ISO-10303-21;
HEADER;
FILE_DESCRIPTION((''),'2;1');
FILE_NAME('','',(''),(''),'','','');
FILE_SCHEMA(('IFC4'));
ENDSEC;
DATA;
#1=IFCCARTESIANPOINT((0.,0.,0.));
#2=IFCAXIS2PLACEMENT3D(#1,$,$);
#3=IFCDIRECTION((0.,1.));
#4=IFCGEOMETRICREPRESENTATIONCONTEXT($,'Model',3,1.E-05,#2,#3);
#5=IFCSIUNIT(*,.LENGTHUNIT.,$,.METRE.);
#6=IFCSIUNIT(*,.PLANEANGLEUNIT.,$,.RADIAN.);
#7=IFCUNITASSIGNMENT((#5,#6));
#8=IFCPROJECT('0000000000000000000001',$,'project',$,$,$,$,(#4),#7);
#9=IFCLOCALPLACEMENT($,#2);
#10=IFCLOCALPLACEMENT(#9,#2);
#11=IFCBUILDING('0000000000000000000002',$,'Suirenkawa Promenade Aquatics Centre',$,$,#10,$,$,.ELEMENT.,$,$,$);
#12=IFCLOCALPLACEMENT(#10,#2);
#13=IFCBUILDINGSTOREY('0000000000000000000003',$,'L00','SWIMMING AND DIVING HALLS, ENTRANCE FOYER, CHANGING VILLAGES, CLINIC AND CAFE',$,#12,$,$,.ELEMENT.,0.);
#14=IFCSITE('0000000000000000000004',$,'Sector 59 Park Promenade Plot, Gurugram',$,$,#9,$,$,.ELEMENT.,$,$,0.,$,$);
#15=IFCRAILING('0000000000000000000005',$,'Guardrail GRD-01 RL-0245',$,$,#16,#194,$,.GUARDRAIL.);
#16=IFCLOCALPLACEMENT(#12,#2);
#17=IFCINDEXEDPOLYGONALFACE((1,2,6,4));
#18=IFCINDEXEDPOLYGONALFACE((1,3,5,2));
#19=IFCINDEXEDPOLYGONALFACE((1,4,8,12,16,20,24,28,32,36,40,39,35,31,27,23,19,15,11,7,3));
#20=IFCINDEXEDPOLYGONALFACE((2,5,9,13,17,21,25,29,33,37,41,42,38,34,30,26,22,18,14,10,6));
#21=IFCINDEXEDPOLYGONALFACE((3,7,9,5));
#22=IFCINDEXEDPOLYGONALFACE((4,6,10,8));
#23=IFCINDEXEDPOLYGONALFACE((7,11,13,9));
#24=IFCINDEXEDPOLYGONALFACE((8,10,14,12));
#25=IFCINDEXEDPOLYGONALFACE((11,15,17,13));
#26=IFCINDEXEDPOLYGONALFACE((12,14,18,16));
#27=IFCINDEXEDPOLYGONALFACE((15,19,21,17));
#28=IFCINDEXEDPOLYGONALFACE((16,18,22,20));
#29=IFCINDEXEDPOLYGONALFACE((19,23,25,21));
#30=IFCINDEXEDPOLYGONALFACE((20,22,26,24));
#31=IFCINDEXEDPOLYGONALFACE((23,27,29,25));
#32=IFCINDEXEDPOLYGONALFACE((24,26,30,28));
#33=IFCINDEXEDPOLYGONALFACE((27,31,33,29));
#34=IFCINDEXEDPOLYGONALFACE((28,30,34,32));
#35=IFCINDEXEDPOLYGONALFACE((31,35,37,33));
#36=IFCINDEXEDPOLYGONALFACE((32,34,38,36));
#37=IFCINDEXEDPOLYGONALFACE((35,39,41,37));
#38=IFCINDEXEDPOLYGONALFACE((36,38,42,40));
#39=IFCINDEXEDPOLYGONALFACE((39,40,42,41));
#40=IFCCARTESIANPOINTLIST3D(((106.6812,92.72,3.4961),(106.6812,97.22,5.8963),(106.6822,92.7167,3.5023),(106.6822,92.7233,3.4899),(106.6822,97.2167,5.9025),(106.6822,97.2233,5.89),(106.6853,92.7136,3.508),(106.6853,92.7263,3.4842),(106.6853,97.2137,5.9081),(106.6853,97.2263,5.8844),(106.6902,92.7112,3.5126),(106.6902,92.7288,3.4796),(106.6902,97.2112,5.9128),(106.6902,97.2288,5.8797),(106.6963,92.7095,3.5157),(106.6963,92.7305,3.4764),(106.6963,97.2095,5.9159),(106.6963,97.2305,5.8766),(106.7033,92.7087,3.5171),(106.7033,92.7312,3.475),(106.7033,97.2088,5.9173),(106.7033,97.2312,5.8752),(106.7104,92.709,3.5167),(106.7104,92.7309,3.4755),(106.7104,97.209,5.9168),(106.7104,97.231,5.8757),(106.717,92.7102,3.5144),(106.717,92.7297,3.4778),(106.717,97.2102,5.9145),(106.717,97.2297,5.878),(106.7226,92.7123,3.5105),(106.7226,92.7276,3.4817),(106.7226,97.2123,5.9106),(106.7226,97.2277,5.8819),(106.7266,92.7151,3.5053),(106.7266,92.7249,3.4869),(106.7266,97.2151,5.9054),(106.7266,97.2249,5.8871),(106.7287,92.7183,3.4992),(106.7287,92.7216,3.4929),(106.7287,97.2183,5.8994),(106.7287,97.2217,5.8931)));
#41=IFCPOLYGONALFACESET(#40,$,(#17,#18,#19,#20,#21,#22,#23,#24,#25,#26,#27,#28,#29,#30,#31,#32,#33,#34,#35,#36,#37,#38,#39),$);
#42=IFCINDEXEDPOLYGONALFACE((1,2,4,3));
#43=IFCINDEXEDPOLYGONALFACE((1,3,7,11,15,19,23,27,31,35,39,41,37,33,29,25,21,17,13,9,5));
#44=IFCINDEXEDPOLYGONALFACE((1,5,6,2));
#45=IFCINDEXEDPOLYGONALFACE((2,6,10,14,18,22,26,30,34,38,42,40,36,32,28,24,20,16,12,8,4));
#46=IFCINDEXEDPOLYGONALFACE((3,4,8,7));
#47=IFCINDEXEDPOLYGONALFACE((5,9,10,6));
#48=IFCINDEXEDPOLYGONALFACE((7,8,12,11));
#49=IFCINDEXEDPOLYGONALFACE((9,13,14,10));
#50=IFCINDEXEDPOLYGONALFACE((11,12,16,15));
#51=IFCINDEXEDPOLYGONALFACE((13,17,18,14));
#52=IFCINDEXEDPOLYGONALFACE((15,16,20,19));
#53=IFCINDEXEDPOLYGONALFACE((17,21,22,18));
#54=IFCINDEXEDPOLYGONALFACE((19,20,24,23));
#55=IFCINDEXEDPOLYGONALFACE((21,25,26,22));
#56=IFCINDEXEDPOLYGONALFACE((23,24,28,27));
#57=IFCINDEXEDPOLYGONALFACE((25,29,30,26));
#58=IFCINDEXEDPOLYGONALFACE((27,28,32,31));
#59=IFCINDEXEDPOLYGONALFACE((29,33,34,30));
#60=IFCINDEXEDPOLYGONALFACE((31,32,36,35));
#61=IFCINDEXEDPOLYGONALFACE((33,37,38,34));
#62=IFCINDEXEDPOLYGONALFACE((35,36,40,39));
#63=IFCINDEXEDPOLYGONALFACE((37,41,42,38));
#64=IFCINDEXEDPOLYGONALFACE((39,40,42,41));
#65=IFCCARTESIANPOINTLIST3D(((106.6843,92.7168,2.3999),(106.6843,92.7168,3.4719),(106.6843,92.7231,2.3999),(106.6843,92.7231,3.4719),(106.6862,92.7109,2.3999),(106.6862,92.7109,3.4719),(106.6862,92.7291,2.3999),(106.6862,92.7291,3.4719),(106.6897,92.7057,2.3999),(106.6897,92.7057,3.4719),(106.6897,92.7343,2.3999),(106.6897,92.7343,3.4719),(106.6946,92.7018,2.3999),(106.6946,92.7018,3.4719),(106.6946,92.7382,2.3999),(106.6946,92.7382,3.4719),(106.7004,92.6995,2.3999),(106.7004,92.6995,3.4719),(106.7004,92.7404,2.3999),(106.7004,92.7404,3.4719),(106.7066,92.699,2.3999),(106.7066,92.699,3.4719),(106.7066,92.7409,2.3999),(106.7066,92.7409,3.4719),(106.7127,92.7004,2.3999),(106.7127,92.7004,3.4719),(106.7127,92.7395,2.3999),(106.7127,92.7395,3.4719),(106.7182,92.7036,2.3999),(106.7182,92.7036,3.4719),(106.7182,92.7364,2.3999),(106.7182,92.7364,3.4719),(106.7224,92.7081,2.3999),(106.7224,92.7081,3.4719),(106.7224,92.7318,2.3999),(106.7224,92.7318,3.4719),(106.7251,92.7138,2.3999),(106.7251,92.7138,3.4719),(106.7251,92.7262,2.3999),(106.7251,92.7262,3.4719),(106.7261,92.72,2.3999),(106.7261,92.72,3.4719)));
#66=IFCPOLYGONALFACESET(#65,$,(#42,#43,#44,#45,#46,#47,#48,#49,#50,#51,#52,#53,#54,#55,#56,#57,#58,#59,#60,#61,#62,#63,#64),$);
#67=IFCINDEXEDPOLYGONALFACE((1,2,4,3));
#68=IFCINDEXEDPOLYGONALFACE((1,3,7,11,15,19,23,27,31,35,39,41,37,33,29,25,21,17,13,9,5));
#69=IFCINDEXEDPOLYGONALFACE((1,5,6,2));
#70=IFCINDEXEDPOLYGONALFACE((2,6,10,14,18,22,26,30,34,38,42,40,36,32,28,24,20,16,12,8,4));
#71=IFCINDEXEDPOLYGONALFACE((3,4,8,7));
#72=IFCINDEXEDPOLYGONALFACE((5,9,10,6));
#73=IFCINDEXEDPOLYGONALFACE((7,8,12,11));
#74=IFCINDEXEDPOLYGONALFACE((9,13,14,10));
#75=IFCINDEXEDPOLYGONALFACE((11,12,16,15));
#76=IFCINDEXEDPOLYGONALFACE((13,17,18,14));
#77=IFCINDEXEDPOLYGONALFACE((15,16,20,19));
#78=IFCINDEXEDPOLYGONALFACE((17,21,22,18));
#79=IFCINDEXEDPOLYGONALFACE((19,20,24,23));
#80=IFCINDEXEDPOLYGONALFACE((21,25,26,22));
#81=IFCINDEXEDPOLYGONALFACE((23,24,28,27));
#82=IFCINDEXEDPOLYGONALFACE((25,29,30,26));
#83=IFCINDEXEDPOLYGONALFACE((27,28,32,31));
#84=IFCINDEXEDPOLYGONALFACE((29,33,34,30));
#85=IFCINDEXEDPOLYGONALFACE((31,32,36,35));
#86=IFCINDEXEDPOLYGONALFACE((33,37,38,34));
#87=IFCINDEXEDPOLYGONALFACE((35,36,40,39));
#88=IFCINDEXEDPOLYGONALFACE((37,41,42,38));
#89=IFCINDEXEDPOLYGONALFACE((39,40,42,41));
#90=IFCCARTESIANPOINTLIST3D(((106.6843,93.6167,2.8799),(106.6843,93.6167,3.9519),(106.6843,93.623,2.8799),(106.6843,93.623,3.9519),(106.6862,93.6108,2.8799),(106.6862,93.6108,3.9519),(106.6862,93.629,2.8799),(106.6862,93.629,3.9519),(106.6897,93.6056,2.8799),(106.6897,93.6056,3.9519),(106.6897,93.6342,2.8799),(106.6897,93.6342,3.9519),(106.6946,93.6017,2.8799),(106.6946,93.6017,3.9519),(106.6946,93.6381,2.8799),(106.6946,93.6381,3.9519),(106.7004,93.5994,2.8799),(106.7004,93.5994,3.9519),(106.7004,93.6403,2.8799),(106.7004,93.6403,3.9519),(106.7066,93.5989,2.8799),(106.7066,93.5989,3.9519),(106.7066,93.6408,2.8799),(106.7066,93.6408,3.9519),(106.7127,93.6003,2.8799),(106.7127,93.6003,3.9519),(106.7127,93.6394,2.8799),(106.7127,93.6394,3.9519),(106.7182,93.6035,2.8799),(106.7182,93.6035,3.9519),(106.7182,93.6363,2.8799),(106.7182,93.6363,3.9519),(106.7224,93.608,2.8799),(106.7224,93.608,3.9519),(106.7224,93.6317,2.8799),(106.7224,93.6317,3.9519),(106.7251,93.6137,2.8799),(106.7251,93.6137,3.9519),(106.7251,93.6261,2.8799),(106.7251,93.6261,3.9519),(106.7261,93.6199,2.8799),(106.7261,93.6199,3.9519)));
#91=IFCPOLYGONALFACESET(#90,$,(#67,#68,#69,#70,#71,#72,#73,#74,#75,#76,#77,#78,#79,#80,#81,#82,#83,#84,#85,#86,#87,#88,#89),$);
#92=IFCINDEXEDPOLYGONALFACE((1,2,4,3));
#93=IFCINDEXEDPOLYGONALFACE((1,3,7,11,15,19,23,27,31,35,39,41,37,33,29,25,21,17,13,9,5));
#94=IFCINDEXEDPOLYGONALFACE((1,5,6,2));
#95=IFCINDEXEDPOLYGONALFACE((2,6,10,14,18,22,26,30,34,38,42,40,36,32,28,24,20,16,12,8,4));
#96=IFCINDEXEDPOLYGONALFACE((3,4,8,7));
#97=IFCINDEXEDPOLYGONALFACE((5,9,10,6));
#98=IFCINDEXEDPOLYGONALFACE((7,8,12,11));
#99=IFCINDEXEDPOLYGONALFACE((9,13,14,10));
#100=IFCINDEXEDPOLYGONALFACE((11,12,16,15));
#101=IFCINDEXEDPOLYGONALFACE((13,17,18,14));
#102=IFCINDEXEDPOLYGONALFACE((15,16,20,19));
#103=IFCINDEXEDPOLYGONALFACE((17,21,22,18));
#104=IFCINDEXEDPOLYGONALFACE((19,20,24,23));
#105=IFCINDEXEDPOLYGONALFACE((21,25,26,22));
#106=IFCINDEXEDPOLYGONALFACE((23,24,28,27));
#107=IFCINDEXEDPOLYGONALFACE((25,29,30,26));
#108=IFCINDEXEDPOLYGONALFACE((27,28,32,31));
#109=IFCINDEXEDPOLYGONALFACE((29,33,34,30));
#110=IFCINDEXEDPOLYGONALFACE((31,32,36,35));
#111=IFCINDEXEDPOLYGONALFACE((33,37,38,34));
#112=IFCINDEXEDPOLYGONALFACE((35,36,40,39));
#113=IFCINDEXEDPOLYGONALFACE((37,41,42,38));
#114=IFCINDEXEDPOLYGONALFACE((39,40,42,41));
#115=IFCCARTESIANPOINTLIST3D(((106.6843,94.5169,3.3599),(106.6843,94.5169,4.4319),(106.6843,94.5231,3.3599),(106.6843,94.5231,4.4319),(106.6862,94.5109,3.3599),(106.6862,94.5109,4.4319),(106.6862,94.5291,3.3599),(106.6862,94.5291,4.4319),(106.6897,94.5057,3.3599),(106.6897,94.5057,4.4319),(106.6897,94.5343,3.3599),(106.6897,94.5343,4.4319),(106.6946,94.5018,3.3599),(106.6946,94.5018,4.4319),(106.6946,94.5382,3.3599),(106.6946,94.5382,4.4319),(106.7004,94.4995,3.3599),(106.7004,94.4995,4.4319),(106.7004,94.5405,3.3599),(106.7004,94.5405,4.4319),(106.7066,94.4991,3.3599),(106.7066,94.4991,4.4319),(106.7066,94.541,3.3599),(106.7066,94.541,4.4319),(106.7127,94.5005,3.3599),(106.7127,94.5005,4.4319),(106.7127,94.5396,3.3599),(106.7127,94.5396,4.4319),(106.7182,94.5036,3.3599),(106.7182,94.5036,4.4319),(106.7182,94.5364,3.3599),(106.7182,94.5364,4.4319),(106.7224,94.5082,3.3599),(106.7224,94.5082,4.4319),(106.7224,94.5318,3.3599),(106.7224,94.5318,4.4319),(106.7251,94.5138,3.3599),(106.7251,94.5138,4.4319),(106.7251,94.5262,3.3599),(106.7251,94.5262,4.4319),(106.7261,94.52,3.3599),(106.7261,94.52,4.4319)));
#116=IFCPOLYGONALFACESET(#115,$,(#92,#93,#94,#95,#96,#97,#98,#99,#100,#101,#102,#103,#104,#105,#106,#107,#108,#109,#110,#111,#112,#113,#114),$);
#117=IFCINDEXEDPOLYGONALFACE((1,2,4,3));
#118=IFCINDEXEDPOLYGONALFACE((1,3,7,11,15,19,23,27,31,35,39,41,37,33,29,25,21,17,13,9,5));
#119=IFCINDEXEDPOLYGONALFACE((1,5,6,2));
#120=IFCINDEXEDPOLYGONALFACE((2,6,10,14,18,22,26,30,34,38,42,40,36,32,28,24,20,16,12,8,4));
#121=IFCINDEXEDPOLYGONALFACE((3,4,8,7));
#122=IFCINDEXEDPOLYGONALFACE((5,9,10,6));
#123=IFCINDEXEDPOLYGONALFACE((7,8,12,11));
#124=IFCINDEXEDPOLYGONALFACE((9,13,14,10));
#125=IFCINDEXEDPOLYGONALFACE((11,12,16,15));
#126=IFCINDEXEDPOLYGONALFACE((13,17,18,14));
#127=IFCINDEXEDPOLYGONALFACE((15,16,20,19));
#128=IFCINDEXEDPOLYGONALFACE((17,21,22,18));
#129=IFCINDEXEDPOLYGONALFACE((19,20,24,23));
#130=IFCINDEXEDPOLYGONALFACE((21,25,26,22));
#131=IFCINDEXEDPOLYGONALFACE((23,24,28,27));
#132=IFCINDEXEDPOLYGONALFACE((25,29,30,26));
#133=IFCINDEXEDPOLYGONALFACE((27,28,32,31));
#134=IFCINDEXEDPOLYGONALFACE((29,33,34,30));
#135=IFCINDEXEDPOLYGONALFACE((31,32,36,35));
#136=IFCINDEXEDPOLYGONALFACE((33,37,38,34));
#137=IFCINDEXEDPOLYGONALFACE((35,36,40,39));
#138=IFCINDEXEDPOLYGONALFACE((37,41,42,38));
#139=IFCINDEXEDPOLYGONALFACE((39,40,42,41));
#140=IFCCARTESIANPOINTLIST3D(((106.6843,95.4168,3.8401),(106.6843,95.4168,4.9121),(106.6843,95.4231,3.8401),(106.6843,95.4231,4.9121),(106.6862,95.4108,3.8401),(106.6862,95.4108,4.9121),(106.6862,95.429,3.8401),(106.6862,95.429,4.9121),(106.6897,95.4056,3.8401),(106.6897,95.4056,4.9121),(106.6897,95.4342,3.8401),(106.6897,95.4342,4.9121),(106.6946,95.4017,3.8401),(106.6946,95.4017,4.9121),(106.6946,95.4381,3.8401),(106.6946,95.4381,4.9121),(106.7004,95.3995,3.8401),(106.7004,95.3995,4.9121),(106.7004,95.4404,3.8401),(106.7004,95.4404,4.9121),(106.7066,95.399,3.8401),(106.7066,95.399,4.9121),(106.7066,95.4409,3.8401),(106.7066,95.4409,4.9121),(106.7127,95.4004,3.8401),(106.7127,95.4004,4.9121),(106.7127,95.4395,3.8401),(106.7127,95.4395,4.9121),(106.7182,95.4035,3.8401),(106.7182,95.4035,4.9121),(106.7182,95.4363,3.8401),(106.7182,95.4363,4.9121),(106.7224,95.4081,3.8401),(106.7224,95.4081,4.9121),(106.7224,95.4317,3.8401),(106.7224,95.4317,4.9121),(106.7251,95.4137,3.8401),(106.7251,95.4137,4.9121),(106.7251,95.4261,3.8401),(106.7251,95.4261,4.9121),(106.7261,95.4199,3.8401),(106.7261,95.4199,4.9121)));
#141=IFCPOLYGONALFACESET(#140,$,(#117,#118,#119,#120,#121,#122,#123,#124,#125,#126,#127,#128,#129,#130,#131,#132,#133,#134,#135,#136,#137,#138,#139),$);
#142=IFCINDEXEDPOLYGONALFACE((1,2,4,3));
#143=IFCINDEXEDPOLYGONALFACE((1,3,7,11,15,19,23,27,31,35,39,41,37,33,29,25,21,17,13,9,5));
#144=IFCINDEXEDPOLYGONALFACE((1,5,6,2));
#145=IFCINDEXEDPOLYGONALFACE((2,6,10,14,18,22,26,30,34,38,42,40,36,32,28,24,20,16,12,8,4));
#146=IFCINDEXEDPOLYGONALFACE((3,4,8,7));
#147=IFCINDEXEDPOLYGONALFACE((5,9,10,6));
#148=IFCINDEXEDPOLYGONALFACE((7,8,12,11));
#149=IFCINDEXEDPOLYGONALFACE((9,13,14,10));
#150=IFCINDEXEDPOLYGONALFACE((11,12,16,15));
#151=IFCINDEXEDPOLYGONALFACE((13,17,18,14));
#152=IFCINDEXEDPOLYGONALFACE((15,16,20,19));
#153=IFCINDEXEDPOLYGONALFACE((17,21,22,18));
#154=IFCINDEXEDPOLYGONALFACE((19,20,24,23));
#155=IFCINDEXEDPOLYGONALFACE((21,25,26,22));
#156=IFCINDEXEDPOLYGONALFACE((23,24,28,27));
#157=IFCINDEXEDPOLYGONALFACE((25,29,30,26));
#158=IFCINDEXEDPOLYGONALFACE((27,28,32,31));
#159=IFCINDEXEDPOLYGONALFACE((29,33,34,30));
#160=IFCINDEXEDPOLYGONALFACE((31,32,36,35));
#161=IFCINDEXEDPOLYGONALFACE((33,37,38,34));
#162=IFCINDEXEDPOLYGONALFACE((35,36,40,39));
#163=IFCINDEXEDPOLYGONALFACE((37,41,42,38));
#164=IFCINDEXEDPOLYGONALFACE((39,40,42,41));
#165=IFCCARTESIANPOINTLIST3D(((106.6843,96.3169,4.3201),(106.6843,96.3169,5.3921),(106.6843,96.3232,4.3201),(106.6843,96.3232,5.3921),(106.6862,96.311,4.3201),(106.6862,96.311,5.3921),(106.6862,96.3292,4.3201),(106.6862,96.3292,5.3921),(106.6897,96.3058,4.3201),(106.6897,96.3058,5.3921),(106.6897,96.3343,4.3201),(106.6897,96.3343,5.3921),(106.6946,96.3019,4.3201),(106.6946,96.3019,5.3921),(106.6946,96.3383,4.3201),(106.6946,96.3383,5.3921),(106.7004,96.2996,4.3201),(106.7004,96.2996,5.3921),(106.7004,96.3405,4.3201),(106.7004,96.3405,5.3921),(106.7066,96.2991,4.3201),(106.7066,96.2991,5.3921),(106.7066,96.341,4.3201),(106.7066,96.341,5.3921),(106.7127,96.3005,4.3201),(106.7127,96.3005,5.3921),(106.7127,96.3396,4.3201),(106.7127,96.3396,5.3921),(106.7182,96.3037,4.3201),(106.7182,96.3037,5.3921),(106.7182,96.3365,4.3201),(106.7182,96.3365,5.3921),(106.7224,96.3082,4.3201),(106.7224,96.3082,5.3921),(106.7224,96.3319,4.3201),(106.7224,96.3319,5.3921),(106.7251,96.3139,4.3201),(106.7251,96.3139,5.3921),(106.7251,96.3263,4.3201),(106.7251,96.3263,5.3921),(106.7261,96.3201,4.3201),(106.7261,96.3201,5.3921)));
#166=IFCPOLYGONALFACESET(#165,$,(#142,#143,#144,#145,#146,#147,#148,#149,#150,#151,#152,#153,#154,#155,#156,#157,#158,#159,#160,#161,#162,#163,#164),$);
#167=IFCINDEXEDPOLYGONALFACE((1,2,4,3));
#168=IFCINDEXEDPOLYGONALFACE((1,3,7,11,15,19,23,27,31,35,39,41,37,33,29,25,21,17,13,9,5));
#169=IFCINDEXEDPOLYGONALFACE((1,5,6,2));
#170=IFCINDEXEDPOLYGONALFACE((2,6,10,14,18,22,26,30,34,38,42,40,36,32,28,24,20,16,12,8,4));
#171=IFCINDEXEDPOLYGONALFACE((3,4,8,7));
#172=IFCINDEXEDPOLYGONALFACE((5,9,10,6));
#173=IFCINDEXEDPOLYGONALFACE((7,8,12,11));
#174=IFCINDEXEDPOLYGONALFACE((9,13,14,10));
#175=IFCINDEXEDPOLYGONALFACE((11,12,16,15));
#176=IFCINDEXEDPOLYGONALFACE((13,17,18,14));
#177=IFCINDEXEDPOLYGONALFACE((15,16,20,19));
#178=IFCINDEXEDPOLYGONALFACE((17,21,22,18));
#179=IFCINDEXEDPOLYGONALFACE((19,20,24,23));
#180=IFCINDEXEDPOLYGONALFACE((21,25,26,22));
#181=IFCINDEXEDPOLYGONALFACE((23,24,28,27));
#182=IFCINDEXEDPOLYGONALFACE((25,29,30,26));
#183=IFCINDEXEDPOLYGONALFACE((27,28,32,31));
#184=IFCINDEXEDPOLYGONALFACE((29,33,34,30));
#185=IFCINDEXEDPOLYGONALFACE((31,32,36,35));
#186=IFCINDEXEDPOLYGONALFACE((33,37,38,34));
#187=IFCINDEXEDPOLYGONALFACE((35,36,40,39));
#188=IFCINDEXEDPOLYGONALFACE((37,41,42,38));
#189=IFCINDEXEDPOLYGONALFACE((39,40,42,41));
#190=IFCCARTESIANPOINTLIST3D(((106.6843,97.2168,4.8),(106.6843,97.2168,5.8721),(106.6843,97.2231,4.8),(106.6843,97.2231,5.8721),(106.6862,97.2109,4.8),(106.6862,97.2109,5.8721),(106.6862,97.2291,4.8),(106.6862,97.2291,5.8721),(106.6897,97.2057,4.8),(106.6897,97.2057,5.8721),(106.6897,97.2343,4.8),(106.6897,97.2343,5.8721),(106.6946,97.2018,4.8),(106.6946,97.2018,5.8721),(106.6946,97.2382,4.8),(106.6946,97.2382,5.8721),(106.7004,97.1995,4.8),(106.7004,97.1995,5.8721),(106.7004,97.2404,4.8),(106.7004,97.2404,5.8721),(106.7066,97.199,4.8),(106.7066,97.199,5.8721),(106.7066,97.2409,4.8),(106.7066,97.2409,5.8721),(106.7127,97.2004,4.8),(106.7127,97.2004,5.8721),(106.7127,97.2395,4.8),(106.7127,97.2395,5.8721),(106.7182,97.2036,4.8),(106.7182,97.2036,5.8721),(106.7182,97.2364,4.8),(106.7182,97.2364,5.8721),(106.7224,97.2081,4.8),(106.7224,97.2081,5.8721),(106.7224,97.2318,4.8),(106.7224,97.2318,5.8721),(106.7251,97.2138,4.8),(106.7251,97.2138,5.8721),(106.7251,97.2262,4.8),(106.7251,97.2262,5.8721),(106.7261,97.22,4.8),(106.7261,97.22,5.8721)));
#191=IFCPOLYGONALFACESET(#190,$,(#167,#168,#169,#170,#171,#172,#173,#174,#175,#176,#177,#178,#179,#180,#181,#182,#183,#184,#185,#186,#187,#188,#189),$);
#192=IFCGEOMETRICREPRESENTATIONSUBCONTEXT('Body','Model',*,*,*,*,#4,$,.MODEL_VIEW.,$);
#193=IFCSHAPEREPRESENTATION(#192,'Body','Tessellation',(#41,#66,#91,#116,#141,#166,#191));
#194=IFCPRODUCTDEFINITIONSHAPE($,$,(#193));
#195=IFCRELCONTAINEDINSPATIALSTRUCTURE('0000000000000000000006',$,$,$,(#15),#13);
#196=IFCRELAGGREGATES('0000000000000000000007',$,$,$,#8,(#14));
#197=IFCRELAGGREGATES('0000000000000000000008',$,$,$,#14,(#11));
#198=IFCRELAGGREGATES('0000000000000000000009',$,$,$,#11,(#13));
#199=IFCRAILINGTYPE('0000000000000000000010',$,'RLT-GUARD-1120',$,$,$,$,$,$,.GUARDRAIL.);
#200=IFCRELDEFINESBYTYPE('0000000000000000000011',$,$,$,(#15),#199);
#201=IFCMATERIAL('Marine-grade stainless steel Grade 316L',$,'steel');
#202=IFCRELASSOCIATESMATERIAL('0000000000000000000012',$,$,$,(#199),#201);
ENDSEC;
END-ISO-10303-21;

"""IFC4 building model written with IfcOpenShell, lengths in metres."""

from ifc_helpers import new_model, si_unit, direction, frame, origin, origin_2d, place, context, subcontext, project, spatial, circle, extrude, material, type_object, element, save


model = new_model("IFC4")

# Units and contexts
model_context = context("Model", 3, precision=1e-05, world=origin(), true_north=direction((0.0, 1.0)))
body_context = subcontext(model_context, "Body", "Model", "MODEL_VIEW")
ifc_project = project(units=[si_unit("LENGTHUNIT", "METRE"), si_unit("PLANEANGLEUNIT", "RADIAN")], contexts=[model_context])

# Site, building, storey
site_placement = place(None, origin())
site = spatial("IfcSite", under=ifc_project, at=site_placement, Name="Sector 59 Park Promenade Plot, Gurugram", CompositionType="ELEMENT", RefElevation=0.0)
building_placement = place(site_placement, origin())
building = spatial("IfcBuilding", under=site, at=building_placement, Name="Suirenkawa Promenade Aquatics Centre", CompositionType="ELEMENT")
storey_placement = place(building_placement, origin())
storey = spatial("IfcBuildingStorey", under=building, at=storey_placement, Name="L00", Description="SWIMMING AND DIVING HALLS, ENTRANCE FOYER, CHANGING VILLAGES, CLINIC AND CAFE", CompositionType="ELEMENT", Elevation=0.0)

# Railing
ifc_material_1 = material(Name="Marine-grade stainless steel Grade 316L", Category="steel")
railing_type_1 = type_object("IfcRailingType", Name="RLT-GUARD-1120", PredefinedType="GUARDRAIL", material=ifc_material_1)
for number, where, name in (
    (1, (106.7051, 92.72, 2.3999), "Guardrail GRD-01 RL-0245"),
):
    element("IfcRailing", number, at=place(storey_placement, frame(where)), inside=storey, type_object=railing_type_1, Name=name, PredefinedType="GUARDRAIL", context=body_context, shape_type="SweptSolid", body=[
        extrude(circle(Radius=0.0239, at=origin_2d()), frame((0.0, 0.0, 1.0962), z_axis=(0.0, 0.882341, 0.470611), x_axis=(-1.0, 0.0, 0.0)), (0.0, 0.0, 1.0), 5.1001),
        extrude(circle(Radius=0.021, at=origin_2d()), origin(), (0.0, 0.0, 1.0), 1.072),
        extrude(circle(Radius=0.021, at=origin_2d()), frame((0.0, 0.8999, 0.48)), (0.0, 0.0, 1.0), 1.072),
        extrude(circle(Radius=0.021, at=origin_2d()), frame((0.0, 1.8, 0.96)), (0.0, 0.0, 1.0), 1.072),
        extrude(circle(Radius=0.021, at=origin_2d()), frame((0.0, 2.7, 1.4402)), (0.0, 0.0, 1.0), 1.072),
        extrude(circle(Radius=0.021, at=origin_2d()), frame((0.0, 3.6001, 1.9202)), (0.0, 0.0, 1.0), 1.072),
        extrude(circle(Radius=0.021, at=origin_2d()), frame((0.0, 4.5, 2.4001)), (0.0, 0.0, 1.0), 1.072),
    ])

save(model, "model.ifc")
